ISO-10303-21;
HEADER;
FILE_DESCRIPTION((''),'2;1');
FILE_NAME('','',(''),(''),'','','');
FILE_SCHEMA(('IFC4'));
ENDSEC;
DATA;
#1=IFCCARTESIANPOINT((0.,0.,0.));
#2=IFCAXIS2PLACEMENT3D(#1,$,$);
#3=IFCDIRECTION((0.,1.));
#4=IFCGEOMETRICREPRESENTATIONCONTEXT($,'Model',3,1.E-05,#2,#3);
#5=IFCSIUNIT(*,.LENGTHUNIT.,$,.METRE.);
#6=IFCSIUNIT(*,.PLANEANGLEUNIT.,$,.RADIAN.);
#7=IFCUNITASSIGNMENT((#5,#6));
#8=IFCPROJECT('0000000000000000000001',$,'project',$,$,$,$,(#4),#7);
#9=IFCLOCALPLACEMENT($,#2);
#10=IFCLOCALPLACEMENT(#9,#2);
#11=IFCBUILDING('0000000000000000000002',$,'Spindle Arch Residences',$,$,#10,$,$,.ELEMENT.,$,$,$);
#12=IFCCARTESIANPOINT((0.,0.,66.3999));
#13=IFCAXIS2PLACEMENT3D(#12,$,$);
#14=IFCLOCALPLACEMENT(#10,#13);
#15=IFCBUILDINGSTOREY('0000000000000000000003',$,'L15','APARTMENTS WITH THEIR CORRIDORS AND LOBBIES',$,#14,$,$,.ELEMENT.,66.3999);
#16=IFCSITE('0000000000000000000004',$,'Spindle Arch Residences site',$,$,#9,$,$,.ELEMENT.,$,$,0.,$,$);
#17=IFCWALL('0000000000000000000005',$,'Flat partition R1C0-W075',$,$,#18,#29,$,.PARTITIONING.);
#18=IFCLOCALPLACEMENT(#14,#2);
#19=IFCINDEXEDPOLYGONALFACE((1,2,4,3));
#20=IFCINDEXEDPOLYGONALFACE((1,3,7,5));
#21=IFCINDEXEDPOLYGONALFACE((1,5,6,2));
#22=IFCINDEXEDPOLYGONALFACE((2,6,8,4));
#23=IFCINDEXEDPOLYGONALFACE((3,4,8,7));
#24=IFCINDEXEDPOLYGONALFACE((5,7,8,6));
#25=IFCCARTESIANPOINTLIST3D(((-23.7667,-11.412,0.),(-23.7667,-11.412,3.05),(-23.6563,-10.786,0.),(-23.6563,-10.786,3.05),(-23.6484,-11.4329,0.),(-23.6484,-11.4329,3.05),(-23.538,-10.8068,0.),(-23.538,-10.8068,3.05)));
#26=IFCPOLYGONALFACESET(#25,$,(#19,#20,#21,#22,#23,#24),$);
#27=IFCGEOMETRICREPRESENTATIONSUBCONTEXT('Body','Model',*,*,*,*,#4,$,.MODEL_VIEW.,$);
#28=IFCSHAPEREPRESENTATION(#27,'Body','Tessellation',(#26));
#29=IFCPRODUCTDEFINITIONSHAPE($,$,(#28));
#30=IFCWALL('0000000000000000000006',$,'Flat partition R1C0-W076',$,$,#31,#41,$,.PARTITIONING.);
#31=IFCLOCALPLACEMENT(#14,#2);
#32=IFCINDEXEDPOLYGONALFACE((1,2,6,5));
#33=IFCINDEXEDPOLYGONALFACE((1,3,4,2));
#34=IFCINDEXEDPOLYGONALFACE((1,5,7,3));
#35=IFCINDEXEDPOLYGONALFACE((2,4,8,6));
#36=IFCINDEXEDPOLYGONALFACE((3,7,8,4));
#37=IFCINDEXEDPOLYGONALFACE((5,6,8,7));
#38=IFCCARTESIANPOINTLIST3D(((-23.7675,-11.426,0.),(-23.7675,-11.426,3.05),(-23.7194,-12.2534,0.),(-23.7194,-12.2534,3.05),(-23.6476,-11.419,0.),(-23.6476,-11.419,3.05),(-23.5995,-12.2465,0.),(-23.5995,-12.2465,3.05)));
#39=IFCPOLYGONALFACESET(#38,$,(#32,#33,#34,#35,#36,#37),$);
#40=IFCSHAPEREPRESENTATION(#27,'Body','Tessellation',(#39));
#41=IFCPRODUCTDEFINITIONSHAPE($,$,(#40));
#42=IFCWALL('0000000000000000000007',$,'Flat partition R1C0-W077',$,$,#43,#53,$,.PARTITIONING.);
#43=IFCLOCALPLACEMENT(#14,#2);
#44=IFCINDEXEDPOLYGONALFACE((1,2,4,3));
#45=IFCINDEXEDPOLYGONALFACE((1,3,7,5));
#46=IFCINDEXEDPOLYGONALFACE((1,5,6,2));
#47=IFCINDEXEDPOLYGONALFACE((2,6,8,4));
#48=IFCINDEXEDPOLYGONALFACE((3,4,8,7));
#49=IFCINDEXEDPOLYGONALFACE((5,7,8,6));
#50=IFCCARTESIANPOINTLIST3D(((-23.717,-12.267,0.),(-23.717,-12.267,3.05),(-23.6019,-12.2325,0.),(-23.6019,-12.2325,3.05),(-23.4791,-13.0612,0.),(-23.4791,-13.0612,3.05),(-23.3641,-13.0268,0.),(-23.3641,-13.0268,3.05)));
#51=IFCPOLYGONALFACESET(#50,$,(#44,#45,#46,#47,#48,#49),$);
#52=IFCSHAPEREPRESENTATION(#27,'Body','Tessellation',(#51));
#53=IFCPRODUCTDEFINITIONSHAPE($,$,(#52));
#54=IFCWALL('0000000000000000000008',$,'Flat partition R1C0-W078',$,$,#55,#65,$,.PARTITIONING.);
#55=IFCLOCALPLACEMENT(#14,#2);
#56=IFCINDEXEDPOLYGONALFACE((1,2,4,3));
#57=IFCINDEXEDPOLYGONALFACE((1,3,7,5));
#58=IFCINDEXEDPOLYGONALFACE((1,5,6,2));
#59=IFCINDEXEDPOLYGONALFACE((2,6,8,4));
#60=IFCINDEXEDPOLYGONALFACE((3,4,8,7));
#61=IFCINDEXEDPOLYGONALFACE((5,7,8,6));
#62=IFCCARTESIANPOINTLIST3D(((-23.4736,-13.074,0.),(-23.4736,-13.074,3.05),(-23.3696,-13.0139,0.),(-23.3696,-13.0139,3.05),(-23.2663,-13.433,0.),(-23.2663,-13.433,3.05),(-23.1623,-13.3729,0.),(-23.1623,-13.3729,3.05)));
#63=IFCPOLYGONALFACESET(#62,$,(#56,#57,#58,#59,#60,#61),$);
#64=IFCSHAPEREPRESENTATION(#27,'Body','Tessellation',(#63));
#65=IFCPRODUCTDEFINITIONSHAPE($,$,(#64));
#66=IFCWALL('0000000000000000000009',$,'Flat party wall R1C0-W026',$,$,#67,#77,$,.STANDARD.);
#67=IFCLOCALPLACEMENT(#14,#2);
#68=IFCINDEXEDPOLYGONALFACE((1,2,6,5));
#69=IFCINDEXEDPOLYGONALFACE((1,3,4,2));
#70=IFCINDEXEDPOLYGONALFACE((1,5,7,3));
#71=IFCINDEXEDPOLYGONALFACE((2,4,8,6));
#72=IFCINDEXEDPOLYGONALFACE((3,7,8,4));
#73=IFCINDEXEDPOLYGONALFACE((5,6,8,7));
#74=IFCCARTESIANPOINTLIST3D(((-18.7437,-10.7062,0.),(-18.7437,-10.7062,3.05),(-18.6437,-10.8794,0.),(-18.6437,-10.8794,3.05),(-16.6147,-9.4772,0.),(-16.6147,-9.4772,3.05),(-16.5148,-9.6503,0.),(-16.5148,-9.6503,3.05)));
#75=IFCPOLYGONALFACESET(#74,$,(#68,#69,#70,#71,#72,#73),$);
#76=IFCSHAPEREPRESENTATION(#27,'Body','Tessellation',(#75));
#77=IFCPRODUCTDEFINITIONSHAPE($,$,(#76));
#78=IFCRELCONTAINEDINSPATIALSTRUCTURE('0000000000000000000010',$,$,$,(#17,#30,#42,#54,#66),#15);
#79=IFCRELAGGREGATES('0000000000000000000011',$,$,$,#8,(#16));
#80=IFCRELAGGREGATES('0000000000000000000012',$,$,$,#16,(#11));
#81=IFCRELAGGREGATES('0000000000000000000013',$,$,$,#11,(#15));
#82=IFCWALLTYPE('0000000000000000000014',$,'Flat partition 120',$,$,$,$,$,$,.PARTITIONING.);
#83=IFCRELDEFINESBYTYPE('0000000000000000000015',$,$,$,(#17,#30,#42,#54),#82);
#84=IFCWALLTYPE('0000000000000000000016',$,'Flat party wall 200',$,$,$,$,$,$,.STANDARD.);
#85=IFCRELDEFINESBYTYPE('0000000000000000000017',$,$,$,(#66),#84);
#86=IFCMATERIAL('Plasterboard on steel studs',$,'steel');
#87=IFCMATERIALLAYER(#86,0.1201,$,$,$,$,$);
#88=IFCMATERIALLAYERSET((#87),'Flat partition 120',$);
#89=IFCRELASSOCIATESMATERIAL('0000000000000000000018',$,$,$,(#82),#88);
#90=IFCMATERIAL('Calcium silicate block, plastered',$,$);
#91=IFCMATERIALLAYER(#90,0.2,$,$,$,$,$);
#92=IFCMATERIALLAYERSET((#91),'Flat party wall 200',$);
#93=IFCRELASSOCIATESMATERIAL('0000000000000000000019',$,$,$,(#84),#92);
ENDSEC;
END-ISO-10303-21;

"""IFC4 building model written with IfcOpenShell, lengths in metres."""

from ifc_helpers import new_model, si_unit, direction, frame, frame_2d, origin, place, context, subcontext, project, spatial, rectangle, extrude, material, layer, layer_set, type_object, element, save


model = new_model("IFC4")

# Units and contexts
model_context = context("Model", 3, precision=1e-05, world=origin(), true_north=direction((0.0, 1.0)))
body_context = subcontext(model_context, "Body", "Model", "MODEL_VIEW")
ifc_project = project(units=[si_unit("LENGTHUNIT", "METRE"), si_unit("PLANEANGLEUNIT", "RADIAN")], contexts=[model_context])

# Site, building, storey
site_placement = place(None, origin())
site = spatial("IfcSite", under=ifc_project, at=site_placement, Name="Spindle Arch Residences site", CompositionType="ELEMENT", RefElevation=0.0)
building_placement = place(site_placement, origin())
building = spatial("IfcBuilding", under=site, at=building_placement, Name="Spindle Arch Residences", CompositionType="ELEMENT")
storey_placement = place(building_placement, frame((0.0, 0.0, 66.3999)))
storey = spatial("IfcBuildingStorey", under=building, at=storey_placement, Name="L15", Description="APARTMENTS WITH THEIR CORRIDORS AND LOBBIES", CompositionType="ELEMENT", Elevation=66.3999)

# Shared definitions
ifc_material_1 = material(Name="Plasterboard on steel studs", Category="steel")
ifc_layer_1 = layer(ifc_material_1, 0.1201)
ifc_layer_set_1 = layer_set([ifc_layer_1], Name="Flat partition 120")
wall_type_1 = type_object("IfcWallType", Name="Flat partition 120", PredefinedType="PARTITIONING", material=ifc_layer_set_1)

# Walls
wall_1_placement = place(storey_placement, frame((-23.5972, -10.7964, 0.0), z_axis=(0.0, 0.0, 1.0), x_axis=(-0.17361, -0.984814, 0.0)))
element("IfcWall", 1, at=wall_1_placement, inside=storey, type_object=wall_type_1, Name="Flat partition R1C0-W075", PredefinedType="PARTITIONING", context=body_context, shape_type="SweptSolid", body=[
    extrude(rectangle(XDim=0.6357, YDim=0.1201, at=frame_2d((0.3179, 0.0))), origin(), (0.0, 0.0, 1.0), 3.05),
])
wall_2_placement = place(storey_placement, frame((-23.7075, -11.4224, 0.0), z_axis=(0.0, 0.0, 1.0), x_axis=(0.058031, -0.998315, 0.0)))
element("IfcWall", 2, at=wall_2_placement, inside=storey, type_object=wall_type_1, Name="Flat partition R1C0-W076", PredefinedType="PARTITIONING", context=body_context, shape_type="SweptSolid", body=[
    extrude(rectangle(XDim=0.8289, YDim=0.1201, at=frame_2d((0.4146, 0.0))), origin(), (0.0, 0.0, 1.0), 3.05),
])
wall_3_placement = place(storey_placement, frame((-23.6594, -12.2498, 0.0), z_axis=(0.0, 0.0, 1.0), x_axis=(0.286835, -0.95798, 0.0)))
element("IfcWall", 3, at=wall_3_placement, inside=storey, type_object=wall_type_1, Name="Flat partition R1C0-W077", PredefinedType="PARTITIONING", context=body_context, shape_type="SweptSolid", body=[
    extrude(rectangle(XDim=0.8291, YDim=0.1201, at=frame_2d((0.4146, 0.0))), origin(), (0.0, 0.0, 1.0), 3.05),
])
wall_4_placement = place(storey_placement, frame((-23.4216, -13.0439, 0.0), z_axis=(0.0, 0.0, 1.0), x_axis=(0.50013, -0.86595, 0.0)))
element("IfcWall", 4, at=wall_4_placement, inside=storey, type_object=wall_type_1, Name="Flat partition R1C0-W078", PredefinedType="PARTITIONING", context=body_context, shape_type="SweptSolid", body=[
    extrude(rectangle(XDim=0.4146, YDim=0.1201, at=frame_2d((0.2073, 0.0))), origin(), (0.0, 0.0, 1.0), 3.05),
])
ifc_material_2 = material(Name="Calcium silicate block, plastered")
ifc_layer_2 = layer(ifc_material_2, 0.2)
ifc_layer_set_2 = layer_set([ifc_layer_2], Name="Flat party wall 200")
wall_type_2 = type_object("IfcWallType", Name="Flat party wall 200", PredefinedType="STANDARD", material=ifc_layer_set_2)
wall_5_placement = place(storey_placement, frame((-18.6936, -10.7927, 0.0), z_axis=(0.0, 0.0, 1.0), x_axis=(0.866047, 0.499963, 0.0)))
element("IfcWall", 5, at=wall_5_placement, inside=storey, type_object=wall_type_2, Name="Flat party wall R1C0-W026", PredefinedType="STANDARD", context=body_context, shape_type="SweptSolid", body=[
    extrude(rectangle(XDim=2.4583, YDim=0.2, at=frame_2d((1.229, 0.0))), origin(), (0.0, 0.0, 1.0), 3.05),
])

save(model, "model.ifc")
